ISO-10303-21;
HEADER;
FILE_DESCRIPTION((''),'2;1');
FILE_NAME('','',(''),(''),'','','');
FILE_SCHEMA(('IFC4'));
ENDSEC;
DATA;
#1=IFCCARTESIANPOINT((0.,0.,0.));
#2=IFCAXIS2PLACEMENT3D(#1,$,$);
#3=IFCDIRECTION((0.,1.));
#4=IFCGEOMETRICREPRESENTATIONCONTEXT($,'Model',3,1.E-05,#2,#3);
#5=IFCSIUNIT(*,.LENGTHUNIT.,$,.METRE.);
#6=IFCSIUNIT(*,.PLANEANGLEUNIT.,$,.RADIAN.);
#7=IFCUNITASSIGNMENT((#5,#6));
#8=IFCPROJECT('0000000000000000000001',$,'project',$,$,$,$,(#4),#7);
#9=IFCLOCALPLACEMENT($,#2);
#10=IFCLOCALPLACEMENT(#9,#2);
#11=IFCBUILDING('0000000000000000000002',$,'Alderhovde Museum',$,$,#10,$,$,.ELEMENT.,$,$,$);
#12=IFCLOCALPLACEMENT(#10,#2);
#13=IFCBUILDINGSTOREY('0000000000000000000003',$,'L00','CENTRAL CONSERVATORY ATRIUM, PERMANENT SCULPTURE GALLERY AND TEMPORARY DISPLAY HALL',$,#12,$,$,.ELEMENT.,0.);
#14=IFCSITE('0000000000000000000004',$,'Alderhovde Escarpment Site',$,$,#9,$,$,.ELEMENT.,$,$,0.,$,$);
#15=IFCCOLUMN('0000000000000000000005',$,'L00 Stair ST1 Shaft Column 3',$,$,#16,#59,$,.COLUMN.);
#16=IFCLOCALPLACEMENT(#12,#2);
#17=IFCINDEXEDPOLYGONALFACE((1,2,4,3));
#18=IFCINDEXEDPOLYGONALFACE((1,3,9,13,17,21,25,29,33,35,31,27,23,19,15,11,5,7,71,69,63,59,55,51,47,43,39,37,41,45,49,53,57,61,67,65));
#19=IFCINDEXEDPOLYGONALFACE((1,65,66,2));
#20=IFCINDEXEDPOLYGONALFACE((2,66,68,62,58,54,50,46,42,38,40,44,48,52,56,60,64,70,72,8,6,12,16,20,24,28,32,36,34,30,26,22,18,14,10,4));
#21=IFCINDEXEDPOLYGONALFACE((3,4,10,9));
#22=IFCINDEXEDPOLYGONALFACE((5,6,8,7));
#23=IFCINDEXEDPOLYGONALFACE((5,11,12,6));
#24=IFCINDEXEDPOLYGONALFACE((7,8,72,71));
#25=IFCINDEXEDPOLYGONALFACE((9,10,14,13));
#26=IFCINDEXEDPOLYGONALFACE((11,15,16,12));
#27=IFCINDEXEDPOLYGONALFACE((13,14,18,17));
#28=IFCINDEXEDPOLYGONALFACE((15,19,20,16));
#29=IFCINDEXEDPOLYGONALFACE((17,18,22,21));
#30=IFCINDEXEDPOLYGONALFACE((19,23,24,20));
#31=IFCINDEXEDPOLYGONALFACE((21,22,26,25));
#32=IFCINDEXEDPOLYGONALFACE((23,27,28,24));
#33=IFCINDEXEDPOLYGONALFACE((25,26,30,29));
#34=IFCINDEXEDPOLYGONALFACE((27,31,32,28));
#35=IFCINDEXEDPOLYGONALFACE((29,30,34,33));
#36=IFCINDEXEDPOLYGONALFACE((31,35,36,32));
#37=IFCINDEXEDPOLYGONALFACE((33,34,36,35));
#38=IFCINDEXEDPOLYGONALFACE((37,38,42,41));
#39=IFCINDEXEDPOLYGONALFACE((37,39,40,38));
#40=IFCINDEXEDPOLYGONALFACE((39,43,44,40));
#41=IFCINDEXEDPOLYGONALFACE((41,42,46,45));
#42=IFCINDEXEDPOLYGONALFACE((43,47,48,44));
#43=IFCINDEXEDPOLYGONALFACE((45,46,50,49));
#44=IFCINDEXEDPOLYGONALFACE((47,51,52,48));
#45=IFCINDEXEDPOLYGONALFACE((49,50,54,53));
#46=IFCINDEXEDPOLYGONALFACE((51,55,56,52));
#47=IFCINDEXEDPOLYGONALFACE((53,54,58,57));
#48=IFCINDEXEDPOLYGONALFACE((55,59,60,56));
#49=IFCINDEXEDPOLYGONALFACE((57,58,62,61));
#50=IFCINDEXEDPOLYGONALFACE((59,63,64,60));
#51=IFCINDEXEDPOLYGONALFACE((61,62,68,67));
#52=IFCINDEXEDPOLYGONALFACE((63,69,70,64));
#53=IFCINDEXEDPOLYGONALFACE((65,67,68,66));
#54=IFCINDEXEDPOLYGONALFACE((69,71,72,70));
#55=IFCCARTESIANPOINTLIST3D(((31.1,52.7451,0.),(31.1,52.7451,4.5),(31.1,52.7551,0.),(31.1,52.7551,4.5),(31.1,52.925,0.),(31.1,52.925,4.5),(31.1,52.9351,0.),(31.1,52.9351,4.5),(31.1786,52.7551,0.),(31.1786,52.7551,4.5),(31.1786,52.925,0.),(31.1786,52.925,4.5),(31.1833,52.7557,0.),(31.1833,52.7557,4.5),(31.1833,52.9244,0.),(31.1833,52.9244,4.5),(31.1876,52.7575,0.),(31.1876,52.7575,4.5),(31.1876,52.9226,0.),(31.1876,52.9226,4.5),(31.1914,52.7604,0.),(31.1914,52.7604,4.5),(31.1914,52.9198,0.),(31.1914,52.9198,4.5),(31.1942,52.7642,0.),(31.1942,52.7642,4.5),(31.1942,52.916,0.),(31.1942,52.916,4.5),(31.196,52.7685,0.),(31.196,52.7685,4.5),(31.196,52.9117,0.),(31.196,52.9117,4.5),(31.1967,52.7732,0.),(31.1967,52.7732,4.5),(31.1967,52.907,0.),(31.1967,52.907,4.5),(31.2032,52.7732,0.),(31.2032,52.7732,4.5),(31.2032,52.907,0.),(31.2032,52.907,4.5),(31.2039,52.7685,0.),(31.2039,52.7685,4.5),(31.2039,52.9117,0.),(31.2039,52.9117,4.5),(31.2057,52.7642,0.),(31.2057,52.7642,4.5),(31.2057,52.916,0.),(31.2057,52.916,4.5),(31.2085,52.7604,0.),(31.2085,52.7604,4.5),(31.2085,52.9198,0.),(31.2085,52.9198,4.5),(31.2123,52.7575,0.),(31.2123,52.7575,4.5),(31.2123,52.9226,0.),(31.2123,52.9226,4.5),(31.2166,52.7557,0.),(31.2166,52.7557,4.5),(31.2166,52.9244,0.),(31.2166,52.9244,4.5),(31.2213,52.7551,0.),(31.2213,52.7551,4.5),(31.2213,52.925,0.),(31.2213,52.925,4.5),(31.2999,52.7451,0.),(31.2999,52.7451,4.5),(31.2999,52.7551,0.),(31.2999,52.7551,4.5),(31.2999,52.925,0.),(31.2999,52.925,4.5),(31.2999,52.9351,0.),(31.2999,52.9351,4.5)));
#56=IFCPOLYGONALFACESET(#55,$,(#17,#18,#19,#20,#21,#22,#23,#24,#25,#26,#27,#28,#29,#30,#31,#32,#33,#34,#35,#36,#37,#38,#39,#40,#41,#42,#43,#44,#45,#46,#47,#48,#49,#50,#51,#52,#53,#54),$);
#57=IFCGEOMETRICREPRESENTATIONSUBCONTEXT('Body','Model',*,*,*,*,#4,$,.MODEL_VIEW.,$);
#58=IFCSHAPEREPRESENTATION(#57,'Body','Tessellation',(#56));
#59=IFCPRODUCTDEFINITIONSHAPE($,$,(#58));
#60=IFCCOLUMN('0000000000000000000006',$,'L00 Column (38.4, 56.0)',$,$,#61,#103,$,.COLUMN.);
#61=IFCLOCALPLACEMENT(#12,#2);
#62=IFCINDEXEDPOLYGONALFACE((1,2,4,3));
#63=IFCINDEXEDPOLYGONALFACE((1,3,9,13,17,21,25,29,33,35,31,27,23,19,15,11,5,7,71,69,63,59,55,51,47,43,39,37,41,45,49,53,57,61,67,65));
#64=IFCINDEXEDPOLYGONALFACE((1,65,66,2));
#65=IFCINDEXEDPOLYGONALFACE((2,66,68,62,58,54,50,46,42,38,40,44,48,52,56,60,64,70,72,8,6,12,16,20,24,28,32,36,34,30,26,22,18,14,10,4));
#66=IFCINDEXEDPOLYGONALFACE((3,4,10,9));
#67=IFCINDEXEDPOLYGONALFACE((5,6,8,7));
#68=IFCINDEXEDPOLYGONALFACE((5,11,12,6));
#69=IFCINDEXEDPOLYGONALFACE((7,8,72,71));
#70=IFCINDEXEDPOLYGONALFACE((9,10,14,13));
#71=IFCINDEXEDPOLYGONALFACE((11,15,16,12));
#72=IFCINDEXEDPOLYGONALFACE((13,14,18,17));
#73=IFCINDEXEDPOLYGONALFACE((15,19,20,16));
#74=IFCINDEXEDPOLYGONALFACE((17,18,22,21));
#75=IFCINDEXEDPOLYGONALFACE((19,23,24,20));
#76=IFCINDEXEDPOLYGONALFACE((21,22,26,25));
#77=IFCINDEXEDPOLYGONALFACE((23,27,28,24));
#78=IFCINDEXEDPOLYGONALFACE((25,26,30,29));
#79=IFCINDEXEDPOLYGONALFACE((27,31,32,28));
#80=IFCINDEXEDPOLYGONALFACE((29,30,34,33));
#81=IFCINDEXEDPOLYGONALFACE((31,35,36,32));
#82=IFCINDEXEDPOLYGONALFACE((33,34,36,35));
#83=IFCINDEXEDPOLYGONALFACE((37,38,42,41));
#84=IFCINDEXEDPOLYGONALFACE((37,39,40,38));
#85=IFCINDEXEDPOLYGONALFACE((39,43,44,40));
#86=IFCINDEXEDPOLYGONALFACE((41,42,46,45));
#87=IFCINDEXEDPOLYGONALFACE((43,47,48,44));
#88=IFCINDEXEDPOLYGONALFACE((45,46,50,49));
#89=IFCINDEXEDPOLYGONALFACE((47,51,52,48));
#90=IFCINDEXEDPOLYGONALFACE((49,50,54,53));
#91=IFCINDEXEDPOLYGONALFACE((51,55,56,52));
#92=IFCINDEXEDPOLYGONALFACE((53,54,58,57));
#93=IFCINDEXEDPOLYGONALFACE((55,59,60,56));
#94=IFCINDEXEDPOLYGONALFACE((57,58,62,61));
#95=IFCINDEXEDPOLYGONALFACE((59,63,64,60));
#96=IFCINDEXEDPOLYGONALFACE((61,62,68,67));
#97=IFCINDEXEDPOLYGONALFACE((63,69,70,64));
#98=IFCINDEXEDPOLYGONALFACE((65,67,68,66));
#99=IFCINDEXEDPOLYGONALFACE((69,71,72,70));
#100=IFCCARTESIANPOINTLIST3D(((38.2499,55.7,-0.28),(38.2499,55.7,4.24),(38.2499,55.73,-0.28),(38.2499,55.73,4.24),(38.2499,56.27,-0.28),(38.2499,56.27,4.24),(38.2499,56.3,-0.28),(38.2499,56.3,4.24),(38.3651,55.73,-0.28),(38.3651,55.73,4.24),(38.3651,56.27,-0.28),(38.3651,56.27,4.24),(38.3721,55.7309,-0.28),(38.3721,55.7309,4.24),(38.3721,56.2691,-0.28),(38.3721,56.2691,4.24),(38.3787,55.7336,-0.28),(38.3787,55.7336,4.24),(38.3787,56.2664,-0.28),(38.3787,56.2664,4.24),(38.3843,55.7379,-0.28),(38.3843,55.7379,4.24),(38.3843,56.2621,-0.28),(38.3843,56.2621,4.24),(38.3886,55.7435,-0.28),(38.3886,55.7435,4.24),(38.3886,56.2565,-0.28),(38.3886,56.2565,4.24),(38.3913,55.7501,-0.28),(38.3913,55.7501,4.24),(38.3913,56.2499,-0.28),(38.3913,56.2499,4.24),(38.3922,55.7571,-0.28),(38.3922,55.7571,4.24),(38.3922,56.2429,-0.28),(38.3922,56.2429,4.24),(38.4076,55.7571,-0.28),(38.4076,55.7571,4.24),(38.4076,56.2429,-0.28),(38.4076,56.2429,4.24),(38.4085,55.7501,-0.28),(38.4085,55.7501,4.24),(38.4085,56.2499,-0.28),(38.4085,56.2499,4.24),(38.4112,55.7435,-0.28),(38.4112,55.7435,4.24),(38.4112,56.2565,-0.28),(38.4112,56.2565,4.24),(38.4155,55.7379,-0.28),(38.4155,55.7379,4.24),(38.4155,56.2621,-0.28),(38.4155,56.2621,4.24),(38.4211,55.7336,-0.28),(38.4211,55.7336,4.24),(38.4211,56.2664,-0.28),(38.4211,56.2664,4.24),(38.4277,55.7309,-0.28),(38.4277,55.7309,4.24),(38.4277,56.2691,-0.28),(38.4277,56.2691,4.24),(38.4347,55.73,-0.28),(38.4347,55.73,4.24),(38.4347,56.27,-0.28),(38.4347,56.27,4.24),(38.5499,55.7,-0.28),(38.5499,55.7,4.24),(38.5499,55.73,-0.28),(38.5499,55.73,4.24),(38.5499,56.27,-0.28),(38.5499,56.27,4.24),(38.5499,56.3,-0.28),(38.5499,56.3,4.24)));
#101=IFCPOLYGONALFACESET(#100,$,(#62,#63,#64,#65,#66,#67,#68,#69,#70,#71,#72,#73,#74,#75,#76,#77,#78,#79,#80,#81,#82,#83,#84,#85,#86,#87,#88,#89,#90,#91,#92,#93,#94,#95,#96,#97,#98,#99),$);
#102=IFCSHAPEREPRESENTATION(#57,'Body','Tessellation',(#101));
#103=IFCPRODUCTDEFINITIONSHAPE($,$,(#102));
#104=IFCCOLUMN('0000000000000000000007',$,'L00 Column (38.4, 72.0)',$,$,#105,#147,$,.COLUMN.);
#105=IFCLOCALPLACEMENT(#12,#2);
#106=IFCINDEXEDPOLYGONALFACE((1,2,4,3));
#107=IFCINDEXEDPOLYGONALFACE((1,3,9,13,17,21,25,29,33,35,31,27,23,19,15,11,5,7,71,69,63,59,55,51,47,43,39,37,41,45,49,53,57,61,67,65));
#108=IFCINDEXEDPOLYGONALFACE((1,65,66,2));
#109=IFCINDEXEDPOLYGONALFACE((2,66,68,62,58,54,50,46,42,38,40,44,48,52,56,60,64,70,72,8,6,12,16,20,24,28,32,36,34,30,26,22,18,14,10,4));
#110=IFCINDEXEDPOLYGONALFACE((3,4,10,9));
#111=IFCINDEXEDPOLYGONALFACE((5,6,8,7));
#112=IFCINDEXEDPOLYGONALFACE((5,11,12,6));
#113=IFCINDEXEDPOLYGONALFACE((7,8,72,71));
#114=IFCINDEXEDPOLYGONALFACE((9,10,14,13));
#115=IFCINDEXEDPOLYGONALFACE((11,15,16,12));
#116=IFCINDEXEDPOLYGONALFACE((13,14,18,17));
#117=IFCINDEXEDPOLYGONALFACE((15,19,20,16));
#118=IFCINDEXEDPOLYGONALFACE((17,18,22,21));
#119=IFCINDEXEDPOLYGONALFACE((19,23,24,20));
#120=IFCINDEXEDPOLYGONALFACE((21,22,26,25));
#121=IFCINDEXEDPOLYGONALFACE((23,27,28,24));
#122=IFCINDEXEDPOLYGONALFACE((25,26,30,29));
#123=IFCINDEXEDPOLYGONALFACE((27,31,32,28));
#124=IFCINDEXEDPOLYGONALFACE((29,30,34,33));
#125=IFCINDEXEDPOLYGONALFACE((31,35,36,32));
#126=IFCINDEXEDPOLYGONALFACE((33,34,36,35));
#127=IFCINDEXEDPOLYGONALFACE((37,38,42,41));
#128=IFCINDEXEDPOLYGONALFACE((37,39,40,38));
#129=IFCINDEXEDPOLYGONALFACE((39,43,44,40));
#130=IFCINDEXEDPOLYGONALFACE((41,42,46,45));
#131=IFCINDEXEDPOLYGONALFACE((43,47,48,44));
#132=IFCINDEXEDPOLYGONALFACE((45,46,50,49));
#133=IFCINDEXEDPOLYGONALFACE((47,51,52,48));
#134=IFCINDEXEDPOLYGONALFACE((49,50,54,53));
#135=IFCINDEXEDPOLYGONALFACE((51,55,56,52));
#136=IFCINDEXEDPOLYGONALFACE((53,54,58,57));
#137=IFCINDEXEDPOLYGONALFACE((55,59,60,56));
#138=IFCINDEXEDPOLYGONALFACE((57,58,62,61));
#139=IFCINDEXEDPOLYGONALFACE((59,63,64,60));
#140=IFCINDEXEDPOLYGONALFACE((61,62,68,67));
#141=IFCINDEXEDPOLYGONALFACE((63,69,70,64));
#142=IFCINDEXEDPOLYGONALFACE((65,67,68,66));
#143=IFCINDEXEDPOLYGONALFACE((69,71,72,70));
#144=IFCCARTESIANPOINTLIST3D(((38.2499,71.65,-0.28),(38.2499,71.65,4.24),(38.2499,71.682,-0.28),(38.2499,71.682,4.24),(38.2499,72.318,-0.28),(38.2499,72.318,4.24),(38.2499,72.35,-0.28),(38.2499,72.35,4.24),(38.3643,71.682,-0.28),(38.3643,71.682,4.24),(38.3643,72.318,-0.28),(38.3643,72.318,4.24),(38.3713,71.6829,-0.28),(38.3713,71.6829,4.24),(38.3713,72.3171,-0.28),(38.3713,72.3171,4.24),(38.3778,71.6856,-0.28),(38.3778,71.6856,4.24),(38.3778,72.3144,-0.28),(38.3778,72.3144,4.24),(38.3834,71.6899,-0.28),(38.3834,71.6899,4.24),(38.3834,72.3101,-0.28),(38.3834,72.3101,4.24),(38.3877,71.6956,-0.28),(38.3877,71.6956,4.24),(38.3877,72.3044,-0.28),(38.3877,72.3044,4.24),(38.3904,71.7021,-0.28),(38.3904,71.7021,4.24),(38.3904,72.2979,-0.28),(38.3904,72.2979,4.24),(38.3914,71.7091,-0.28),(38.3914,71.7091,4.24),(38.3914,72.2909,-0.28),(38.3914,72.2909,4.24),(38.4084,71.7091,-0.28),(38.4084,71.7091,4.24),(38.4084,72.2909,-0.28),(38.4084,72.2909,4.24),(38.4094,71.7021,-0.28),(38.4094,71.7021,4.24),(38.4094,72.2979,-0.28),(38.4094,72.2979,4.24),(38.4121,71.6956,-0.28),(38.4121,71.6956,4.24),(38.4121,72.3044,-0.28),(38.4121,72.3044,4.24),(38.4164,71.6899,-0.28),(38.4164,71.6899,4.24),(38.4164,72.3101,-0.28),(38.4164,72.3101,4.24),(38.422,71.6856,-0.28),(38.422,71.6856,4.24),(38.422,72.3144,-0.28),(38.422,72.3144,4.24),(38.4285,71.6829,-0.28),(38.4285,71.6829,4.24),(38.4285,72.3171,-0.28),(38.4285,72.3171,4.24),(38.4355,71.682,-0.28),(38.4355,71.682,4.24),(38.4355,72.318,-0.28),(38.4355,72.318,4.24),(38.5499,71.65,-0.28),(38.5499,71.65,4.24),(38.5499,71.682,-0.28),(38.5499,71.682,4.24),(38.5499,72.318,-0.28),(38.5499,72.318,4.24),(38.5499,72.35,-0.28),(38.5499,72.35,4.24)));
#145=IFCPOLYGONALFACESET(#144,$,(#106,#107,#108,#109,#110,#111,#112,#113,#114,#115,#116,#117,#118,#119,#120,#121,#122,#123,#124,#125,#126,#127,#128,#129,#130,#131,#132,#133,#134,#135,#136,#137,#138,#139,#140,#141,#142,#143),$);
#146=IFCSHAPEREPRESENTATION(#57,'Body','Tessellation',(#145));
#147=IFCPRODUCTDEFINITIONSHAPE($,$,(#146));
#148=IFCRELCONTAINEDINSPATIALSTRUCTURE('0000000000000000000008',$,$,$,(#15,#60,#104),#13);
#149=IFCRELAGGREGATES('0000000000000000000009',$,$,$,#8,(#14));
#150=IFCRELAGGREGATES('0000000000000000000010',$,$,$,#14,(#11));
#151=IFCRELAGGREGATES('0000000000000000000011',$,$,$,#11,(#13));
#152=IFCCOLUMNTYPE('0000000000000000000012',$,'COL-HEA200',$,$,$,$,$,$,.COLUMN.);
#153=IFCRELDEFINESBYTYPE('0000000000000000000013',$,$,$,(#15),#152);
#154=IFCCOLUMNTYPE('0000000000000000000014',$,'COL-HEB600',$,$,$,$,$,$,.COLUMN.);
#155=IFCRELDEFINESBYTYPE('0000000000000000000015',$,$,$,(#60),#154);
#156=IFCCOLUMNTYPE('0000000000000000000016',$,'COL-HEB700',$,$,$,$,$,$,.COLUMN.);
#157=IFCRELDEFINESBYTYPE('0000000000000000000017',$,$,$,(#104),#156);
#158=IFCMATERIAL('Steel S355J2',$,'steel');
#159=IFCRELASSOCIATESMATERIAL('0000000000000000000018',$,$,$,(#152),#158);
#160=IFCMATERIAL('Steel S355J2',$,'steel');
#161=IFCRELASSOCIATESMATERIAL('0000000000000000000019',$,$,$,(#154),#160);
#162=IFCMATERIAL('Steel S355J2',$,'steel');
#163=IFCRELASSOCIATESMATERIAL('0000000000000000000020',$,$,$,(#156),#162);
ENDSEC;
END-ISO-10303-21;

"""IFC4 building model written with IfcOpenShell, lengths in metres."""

from ifc_helpers import new_model, si_unit, direction, frame, origin, origin_2d, place, context, subcontext, project, spatial, i_section, extrude, material, material_profile, profile_set, type_object, element, save


model = new_model("IFC4")

# Units and contexts
model_context = context("Model", 3, precision=1e-05, world=origin(), true_north=direction((0.0, 1.0)))
body_context = subcontext(model_context, "Body", "Model", "MODEL_VIEW")
ifc_project = project(units=[si_unit("LENGTHUNIT", "METRE"), si_unit("PLANEANGLEUNIT", "RADIAN")], contexts=[model_context])

# Site, building, storey
site_placement = place(None, origin())
site = spatial("IfcSite", under=ifc_project, at=site_placement, Name="Alderhovde Escarpment Site", CompositionType="ELEMENT", RefElevation=0.0)
building_placement = place(site_placement, origin())
building = spatial("IfcBuilding", under=site, at=building_placement, Name="Alderhovde Museum", CompositionType="ELEMENT")
storey_placement = place(building_placement, origin())
storey = spatial("IfcBuildingStorey", under=building, at=storey_placement, Name="L00", Description="CENTRAL CONSERVATORY ATRIUM, PERMANENT SCULPTURE GALLERY AND TEMPORARY DISPLAY HALL", CompositionType="ELEMENT", Elevation=0.0)

# Columns
ifc_material_1 = material(Name="Steel S355J2", Category="steel")
ifc_material_profile_1 = material_profile(ifc_material_1, i_section(OverallWidth=0.2, OverallDepth=0.1899, WebThickness=0.0066, FlangeThickness=0.01, FilletRadius=0.0181, at=origin_2d()), Name="HEA 200")
ifc_profile_set_1 = profile_set([ifc_material_profile_1], Name="Steel S355J2")
column_type_1 = type_object("IfcColumnType", Name="COL-HEA200", PredefinedType="COLUMN", material=ifc_profile_set_1)
column_1_placement = place(storey_placement, frame((31.2, 52.8401, 0.0), z_axis=(0.0, 0.0, 1.0), x_axis=(1.0, 0.0, 0.0)))
element("IfcColumn", 1, at=column_1_placement, inside=storey, type_object=column_type_1, Name="L00 Stair ST1 Shaft Column 3", PredefinedType="COLUMN", context=body_context, shape_type="SweptSolid", body=[
    extrude(i_section(OverallWidth=0.2, OverallDepth=0.1899, WebThickness=0.0066, FlangeThickness=0.01, FilletRadius=0.0181, at=origin_2d()), origin(), (0.0, 0.0, 1.0), 4.5),
])
ifc_material_2 = material(Name="Steel S355J2", Category="steel")
ifc_material_profile_2 = material_profile(ifc_material_2, i_section(OverallWidth=0.3, OverallDepth=0.6001, WebThickness=0.0154, FlangeThickness=0.03, FilletRadius=0.0271, at=origin_2d()), Name="HEB 600")
ifc_profile_set_2 = profile_set([ifc_material_profile_2], Name="Steel S355J2")
column_type_2 = type_object("IfcColumnType", Name="COL-HEB600", PredefinedType="COLUMN", material=ifc_profile_set_2)
column_2_placement = place(storey_placement, frame((38.3999, 56.0, -0.28), z_axis=(0.0, 0.0, 1.0), x_axis=(1.0, 0.0, 0.0)))
element("IfcColumn", 2, at=column_2_placement, inside=storey, type_object=column_type_2, Name="L00 Column (38.4, 56.0)", PredefinedType="COLUMN", context=body_context, shape_type="SweptSolid", body=[
    extrude(i_section(OverallWidth=0.3, OverallDepth=0.6001, WebThickness=0.0154, FlangeThickness=0.03, FilletRadius=0.0271, at=origin_2d()), origin(), (0.0, 0.0, 1.0), 4.52),
])
ifc_material_3 = material(Name="Steel S355J2", Category="steel")
ifc_material_profile_3 = material_profile(ifc_material_3, i_section(OverallWidth=0.3, OverallDepth=0.7, WebThickness=0.0171, FlangeThickness=0.032, FilletRadius=0.0271, at=origin_2d()), Name="HEB 700")
ifc_profile_set_3 = profile_set([ifc_material_profile_3], Name="Steel S355J2")
column_type_3 = type_object("IfcColumnType", Name="COL-HEB700", PredefinedType="COLUMN", material=ifc_profile_set_3)
column_3_placement = place(storey_placement, frame((38.3999, 72.0, -0.28), z_axis=(0.0, 0.0, 1.0), x_axis=(1.0, 0.0, 0.0)))
element("IfcColumn", 3, at=column_3_placement, inside=storey, type_object=column_type_3, Name="L00 Column (38.4, 72.0)", PredefinedType="COLUMN", context=body_context, shape_type="SweptSolid", body=[
    extrude(i_section(OverallWidth=0.3, OverallDepth=0.7, WebThickness=0.0171, FlangeThickness=0.032, FilletRadius=0.0271, at=origin_2d()), origin(), (0.0, 0.0, 1.0), 4.52),
])

save(model, "model.ifc")
